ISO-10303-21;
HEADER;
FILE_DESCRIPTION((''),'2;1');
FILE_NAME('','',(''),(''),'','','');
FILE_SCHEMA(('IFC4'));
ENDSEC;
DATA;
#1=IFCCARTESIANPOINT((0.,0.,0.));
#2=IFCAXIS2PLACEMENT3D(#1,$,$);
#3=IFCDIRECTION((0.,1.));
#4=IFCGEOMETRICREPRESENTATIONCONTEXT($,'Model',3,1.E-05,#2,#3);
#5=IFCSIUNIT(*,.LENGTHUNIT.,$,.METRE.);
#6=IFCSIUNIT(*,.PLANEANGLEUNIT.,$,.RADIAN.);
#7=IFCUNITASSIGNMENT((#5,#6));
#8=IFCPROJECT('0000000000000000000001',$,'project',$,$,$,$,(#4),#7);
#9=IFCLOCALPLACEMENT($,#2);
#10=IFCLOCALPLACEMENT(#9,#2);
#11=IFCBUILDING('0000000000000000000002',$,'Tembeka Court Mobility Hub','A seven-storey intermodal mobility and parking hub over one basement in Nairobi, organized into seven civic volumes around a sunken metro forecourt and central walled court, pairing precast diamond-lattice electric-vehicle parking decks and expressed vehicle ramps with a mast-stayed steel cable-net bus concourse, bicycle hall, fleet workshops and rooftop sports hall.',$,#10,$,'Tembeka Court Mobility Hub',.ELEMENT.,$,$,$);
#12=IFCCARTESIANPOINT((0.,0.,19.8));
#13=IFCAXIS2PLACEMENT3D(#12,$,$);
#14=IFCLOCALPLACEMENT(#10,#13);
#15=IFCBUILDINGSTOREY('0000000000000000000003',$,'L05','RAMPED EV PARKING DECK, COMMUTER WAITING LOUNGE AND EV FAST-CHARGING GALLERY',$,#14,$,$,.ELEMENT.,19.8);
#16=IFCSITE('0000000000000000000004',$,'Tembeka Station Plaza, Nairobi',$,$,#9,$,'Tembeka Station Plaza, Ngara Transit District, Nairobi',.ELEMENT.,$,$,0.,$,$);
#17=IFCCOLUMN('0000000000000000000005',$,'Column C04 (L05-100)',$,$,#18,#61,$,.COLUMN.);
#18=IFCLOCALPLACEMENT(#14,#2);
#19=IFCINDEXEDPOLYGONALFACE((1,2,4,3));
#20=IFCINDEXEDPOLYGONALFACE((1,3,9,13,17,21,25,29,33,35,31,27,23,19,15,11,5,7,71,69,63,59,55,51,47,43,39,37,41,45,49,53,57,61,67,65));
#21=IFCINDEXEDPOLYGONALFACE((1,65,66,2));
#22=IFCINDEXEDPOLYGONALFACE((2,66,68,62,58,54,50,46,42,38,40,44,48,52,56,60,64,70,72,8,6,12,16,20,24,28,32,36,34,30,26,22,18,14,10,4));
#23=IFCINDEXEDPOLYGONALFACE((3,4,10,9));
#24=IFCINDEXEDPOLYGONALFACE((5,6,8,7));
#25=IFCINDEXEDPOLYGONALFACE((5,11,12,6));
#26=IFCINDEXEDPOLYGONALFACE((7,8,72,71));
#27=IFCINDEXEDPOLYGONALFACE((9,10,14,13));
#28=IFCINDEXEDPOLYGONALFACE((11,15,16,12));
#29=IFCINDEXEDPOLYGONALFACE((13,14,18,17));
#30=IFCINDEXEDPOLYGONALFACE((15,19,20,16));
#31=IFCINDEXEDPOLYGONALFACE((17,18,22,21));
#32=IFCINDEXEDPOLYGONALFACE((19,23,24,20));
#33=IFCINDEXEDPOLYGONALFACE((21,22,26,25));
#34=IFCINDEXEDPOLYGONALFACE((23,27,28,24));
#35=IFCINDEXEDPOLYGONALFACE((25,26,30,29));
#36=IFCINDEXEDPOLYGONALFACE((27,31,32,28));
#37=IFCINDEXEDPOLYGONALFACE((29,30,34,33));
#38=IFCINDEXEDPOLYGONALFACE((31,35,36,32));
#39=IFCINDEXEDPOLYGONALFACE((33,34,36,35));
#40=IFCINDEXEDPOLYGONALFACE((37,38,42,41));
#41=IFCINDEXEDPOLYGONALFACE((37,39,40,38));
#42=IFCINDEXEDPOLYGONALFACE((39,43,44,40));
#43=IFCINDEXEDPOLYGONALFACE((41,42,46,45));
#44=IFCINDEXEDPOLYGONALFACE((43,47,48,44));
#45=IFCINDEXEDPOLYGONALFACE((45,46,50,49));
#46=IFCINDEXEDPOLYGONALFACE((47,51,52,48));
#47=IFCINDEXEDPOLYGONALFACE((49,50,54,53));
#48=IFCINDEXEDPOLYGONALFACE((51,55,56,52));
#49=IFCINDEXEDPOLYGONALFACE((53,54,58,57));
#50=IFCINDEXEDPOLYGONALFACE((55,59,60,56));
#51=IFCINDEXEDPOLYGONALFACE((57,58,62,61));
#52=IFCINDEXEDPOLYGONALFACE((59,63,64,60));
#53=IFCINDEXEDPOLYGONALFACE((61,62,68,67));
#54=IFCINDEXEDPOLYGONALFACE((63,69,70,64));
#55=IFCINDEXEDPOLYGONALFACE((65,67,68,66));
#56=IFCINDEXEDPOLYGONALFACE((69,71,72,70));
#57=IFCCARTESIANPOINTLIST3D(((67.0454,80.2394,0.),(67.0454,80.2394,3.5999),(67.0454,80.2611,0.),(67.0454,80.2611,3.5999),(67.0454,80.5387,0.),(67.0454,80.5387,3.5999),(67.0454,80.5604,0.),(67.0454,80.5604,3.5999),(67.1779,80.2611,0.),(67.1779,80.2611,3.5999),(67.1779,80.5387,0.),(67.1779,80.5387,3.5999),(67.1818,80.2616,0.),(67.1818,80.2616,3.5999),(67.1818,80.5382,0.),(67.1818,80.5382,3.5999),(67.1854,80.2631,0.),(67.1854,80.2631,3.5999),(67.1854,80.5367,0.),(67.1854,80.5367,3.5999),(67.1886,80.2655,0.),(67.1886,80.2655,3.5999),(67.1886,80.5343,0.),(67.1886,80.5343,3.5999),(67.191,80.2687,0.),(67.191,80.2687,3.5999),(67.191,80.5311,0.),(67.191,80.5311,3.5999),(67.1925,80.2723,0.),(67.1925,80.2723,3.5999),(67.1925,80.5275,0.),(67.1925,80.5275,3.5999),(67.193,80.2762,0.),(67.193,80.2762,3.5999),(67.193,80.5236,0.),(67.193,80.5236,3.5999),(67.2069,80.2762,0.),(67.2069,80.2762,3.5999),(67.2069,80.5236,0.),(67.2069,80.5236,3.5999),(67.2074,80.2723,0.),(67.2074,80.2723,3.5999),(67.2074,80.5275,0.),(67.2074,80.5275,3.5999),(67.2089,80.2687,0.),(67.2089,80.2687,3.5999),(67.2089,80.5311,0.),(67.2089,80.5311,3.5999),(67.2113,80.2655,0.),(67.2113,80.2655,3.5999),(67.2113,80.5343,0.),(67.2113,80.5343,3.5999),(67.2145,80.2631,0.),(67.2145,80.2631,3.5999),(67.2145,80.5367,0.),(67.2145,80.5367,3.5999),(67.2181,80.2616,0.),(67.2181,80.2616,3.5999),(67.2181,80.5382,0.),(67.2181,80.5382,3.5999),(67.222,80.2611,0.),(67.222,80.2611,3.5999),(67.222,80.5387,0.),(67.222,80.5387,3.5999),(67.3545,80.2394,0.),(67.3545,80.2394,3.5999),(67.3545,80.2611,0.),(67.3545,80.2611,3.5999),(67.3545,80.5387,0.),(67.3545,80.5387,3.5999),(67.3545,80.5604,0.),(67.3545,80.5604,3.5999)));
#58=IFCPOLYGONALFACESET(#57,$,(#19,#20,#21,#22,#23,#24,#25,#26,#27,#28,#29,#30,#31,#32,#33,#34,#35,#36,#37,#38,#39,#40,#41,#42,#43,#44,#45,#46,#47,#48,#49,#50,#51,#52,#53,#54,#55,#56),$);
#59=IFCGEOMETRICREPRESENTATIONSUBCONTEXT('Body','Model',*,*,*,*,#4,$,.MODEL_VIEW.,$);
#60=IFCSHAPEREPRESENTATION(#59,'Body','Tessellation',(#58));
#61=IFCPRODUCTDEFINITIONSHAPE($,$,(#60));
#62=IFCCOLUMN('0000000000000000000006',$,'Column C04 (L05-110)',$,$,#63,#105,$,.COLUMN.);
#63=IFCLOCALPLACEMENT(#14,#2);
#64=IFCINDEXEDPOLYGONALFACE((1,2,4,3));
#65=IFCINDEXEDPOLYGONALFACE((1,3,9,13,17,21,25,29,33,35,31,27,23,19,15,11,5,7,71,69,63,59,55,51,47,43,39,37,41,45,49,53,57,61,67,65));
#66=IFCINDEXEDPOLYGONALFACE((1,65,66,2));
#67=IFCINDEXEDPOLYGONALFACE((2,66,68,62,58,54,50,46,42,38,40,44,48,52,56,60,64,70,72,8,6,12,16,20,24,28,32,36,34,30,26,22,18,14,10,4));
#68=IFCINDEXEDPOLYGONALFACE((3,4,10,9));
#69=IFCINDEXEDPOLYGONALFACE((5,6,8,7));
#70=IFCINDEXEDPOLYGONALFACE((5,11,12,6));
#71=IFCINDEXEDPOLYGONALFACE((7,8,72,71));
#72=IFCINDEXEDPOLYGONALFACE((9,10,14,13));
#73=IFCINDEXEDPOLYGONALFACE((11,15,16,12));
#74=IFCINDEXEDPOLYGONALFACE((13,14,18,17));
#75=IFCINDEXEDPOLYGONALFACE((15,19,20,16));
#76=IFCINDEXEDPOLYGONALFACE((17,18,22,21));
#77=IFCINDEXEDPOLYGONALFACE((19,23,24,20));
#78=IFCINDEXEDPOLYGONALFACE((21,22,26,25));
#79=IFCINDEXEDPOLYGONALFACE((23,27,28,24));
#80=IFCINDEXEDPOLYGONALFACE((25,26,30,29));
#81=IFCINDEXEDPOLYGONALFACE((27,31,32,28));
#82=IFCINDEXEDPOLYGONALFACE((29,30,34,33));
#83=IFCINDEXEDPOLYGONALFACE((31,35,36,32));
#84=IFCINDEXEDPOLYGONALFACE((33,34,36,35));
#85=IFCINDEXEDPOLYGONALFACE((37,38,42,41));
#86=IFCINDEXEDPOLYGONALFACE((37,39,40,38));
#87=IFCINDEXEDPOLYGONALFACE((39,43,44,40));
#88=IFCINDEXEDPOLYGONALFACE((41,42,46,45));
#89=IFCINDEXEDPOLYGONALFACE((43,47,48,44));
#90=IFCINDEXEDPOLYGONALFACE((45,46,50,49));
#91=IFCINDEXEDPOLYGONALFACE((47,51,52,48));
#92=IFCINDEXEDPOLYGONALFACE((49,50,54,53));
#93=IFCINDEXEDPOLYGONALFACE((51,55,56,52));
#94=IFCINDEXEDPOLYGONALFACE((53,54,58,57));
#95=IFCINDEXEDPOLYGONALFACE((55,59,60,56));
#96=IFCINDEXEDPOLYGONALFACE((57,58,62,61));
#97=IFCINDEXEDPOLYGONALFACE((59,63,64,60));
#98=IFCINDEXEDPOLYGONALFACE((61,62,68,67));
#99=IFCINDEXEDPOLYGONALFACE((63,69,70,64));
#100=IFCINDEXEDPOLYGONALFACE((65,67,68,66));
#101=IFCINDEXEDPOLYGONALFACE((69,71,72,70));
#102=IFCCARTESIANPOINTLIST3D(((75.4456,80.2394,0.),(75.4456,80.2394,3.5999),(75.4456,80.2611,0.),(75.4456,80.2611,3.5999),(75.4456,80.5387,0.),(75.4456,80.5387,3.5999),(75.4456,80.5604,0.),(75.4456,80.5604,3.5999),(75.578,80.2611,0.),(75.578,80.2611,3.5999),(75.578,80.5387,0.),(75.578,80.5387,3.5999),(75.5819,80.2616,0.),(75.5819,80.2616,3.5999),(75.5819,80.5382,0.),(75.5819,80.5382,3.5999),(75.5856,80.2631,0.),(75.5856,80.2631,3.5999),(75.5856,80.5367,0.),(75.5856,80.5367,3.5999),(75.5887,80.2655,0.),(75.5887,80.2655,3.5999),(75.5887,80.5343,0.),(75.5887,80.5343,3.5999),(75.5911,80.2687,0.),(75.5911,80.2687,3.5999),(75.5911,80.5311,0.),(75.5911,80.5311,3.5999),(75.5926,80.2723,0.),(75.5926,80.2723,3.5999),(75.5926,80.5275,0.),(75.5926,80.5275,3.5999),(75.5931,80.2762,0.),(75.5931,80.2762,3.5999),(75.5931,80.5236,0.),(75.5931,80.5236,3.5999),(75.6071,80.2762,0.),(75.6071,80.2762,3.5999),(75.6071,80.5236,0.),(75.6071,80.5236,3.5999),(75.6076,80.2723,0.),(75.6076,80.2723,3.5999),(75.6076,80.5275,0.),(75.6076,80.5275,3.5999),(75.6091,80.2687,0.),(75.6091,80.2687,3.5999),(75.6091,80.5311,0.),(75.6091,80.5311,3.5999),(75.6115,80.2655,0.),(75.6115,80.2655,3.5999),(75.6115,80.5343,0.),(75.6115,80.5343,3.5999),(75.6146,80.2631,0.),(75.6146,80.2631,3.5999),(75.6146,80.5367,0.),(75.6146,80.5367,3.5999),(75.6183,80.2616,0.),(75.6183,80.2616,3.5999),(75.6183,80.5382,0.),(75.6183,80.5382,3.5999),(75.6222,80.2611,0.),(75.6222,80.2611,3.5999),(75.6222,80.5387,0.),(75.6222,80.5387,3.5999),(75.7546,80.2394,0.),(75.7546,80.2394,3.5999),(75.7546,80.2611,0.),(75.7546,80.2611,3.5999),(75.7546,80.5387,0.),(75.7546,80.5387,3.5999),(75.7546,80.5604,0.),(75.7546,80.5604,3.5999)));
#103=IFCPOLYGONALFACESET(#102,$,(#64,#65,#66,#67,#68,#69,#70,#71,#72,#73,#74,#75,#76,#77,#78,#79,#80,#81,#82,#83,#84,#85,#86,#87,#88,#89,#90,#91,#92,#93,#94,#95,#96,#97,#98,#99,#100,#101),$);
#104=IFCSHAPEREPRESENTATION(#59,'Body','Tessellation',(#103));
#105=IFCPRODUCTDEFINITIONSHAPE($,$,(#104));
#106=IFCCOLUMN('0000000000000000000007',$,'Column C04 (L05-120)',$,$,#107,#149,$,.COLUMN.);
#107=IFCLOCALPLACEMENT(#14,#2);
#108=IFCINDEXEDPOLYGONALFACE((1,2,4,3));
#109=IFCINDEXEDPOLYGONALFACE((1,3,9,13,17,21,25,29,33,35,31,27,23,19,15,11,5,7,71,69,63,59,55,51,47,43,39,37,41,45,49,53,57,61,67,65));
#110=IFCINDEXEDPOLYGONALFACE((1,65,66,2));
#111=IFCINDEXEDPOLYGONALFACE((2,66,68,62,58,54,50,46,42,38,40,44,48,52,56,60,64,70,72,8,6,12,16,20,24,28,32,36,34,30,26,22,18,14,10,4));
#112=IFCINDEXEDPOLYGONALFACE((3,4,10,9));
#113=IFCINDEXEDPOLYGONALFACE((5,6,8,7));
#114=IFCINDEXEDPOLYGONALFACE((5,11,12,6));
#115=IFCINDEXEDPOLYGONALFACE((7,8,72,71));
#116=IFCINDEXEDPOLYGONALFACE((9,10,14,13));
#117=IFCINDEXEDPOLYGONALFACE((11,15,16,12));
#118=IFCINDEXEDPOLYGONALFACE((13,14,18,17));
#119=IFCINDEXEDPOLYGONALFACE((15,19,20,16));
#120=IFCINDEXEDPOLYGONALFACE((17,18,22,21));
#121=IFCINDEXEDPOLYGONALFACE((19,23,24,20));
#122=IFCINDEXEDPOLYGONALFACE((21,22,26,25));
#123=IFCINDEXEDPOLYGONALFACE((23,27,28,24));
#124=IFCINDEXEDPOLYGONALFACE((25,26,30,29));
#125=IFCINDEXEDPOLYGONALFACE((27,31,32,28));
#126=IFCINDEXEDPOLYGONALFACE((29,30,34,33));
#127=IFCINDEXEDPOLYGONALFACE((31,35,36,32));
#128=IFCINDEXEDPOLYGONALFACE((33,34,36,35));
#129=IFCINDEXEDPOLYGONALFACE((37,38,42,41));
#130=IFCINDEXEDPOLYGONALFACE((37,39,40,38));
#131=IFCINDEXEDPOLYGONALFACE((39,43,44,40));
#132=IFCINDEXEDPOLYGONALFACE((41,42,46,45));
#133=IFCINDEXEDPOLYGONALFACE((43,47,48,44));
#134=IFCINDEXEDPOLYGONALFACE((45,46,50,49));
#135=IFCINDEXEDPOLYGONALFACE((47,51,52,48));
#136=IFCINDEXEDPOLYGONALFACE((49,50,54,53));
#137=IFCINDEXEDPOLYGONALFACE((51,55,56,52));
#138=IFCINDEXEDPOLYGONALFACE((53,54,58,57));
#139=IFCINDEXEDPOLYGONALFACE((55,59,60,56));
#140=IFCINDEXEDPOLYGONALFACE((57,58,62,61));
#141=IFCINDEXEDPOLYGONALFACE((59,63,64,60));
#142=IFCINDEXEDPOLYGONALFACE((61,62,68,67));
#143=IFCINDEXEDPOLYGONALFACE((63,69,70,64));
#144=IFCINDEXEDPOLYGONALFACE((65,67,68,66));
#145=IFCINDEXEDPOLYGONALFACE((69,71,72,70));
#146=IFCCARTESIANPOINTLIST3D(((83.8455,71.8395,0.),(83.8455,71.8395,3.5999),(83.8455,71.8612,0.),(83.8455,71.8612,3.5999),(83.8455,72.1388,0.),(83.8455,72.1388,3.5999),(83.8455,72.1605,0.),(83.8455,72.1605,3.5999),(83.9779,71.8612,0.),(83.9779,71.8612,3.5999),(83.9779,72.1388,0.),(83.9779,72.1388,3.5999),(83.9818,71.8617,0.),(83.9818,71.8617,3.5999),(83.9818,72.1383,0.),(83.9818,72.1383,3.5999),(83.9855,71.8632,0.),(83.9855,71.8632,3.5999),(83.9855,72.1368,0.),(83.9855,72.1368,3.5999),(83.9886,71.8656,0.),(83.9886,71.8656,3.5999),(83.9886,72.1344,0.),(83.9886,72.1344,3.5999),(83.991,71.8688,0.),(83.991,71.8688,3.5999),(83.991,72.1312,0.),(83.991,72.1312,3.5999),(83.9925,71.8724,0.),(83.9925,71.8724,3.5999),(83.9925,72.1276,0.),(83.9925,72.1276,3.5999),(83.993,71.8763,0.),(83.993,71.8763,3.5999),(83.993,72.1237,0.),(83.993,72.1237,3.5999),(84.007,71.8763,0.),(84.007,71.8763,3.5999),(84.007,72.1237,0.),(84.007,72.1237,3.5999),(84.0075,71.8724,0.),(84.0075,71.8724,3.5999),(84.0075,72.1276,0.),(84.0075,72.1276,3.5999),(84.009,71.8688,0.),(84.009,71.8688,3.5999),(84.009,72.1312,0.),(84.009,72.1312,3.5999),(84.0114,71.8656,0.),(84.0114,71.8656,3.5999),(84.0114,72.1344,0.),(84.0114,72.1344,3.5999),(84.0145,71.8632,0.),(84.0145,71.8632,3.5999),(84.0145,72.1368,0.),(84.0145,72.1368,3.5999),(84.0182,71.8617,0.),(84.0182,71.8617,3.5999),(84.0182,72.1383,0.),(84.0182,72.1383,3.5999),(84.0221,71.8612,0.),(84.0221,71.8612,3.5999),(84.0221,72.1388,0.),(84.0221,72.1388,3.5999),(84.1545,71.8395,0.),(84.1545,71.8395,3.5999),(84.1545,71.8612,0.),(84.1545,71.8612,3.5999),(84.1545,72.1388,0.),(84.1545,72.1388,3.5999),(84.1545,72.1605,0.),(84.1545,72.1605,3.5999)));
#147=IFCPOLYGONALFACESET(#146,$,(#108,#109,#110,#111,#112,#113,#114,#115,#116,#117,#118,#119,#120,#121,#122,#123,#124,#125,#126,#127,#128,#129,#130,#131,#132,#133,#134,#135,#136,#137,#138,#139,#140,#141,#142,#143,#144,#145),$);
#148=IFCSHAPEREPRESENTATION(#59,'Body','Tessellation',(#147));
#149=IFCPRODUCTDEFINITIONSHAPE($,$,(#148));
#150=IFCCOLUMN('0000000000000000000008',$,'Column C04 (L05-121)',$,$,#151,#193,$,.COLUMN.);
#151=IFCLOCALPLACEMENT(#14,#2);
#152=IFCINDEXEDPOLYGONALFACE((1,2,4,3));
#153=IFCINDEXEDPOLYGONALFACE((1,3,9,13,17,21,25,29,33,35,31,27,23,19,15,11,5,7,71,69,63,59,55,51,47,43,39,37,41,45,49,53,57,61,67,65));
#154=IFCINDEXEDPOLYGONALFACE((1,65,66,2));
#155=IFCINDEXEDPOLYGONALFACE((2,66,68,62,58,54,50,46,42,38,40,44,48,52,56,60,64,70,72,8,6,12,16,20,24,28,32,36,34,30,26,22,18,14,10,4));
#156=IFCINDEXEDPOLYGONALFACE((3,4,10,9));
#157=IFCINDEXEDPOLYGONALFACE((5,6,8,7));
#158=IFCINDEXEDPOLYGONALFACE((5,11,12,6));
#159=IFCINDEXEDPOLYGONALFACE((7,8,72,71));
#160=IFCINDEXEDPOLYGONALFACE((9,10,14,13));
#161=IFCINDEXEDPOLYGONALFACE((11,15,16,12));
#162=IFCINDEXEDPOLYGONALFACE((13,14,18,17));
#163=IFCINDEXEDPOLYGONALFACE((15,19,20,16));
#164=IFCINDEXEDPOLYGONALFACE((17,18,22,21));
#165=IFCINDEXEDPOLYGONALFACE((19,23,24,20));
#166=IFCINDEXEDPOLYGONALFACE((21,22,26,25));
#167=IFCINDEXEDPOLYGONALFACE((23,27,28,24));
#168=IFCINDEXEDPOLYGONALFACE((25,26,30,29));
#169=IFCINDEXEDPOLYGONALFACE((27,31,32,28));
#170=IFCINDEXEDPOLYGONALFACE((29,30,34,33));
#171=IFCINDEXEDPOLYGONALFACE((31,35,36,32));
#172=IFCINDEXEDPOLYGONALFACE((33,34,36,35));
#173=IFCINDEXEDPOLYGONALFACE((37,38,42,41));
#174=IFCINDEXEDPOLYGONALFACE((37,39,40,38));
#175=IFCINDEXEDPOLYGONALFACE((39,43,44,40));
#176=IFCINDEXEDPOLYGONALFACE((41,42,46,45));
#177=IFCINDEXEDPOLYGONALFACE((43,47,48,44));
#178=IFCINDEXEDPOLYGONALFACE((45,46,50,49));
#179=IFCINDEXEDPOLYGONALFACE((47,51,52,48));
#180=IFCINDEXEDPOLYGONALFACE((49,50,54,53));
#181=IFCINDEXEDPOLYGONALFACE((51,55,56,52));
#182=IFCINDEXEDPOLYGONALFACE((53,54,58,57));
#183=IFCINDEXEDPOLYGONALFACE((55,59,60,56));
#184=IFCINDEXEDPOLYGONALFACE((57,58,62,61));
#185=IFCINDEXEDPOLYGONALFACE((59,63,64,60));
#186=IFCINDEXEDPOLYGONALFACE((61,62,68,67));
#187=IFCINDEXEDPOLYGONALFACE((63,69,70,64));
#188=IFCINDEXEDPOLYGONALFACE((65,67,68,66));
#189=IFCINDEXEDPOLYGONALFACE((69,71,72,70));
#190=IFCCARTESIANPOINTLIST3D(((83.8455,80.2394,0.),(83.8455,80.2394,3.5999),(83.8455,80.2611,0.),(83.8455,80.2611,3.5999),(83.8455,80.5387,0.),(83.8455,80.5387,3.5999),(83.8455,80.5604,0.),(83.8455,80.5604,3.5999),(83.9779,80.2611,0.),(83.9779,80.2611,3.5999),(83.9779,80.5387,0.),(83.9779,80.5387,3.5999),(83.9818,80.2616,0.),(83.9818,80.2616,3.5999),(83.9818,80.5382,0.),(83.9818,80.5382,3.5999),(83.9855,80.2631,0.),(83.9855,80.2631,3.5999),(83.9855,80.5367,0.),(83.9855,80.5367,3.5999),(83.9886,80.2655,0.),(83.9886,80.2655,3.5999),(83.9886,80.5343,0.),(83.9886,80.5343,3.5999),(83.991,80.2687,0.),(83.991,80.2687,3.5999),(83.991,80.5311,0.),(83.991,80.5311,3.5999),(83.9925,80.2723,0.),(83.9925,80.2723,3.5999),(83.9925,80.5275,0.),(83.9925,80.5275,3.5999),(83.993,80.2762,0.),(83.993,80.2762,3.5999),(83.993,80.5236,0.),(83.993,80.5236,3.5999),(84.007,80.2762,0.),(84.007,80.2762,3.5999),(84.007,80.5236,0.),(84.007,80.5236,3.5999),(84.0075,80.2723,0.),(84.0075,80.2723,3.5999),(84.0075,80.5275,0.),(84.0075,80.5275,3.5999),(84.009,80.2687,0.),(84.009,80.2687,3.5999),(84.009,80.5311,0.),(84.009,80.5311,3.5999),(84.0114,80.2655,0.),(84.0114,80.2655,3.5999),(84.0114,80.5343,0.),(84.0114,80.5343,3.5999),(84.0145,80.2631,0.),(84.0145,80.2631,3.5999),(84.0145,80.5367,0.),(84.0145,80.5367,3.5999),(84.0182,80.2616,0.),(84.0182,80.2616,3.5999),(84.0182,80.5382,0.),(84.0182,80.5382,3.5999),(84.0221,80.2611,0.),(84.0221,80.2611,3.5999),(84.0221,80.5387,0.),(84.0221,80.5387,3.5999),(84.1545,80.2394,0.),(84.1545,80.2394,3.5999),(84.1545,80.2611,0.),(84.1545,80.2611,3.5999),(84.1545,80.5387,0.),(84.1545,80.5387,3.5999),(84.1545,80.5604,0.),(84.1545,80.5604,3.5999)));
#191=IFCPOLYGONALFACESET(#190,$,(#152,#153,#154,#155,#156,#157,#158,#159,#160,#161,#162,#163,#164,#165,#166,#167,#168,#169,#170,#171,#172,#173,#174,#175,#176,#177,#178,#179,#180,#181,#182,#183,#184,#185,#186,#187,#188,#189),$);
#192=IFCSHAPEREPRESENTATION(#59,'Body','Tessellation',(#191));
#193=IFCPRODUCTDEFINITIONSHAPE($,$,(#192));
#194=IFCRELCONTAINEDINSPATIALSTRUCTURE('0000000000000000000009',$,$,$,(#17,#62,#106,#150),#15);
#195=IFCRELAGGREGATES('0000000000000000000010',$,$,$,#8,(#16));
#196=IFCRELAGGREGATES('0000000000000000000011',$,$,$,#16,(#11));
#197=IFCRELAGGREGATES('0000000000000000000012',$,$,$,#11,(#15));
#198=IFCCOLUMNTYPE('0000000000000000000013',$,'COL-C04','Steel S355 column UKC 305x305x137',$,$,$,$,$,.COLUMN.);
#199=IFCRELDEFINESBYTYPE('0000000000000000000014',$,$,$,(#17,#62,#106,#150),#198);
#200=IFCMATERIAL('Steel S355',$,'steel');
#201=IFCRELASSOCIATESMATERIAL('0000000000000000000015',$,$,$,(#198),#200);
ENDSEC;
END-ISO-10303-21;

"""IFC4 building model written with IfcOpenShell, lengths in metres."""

from ifc_helpers import new_model, si_unit, direction, frame, origin, origin_2d, place, context, subcontext, project, spatial, i_section, extrude, material, material_profile, profile_set, type_object, element, save


model = new_model("IFC4")

# Units and contexts
model_context = context("Model", 3, precision=1e-05, world=origin(), true_north=direction((0.0, 1.0)))
body_context = subcontext(model_context, "Body", "Model", "MODEL_VIEW")
ifc_project = project(units=[si_unit("LENGTHUNIT", "METRE"), si_unit("PLANEANGLEUNIT", "RADIAN")], contexts=[model_context])

# Site, building, storey
site_placement = place(None, origin())
site = spatial("IfcSite", under=ifc_project, at=site_placement, Name="Tembeka Station Plaza, Nairobi", LongName="Tembeka Station Plaza, Ngara Transit District, Nairobi", CompositionType="ELEMENT", RefElevation=0.0)
building_placement = place(site_placement, origin())
building = spatial("IfcBuilding", under=site, at=building_placement, Name="Tembeka Court Mobility Hub", Description="A seven-storey intermodal mobility and parking hub over one basement in Nairobi, organized into seven civic volumes around a sunken metro forecourt and central walled court, pairing precast diamond-lattice electric-vehicle parking decks and expressed vehicle ramps with a mast-stayed steel cable-net bus concourse, bicycle hall, fleet workshops and rooftop sports hall.", LongName="Tembeka Court Mobility Hub", CompositionType="ELEMENT")
storey_placement = place(building_placement, frame((0.0, 0.0, 19.8)))
storey = spatial("IfcBuildingStorey", under=building, at=storey_placement, Name="L05", Description="RAMPED EV PARKING DECK, COMMUTER WAITING LOUNGE AND EV FAST-CHARGING GALLERY", CompositionType="ELEMENT", Elevation=19.8)

# Columns
ifc_material = material(Name="Steel S355", Category="steel")
ifc_material_profile_1 = material_profile(ifc_material, i_section(OverallWidth=0.3091, OverallDepth=0.321, WebThickness=0.0139, FlangeThickness=0.0217, FilletRadius=0.0151, at=origin_2d()), Name="UKC 305x305x137")
ifc_profile_set_1 = profile_set([ifc_material_profile_1], Name="Steel S355")
column_type = type_object("IfcColumnType", Name="COL-C04", Description="Steel S355 column UKC 305x305x137", PredefinedType="COLUMN", material=ifc_profile_set_1)
for number, where, z_axis, x_axis, name in (
    (1, (67.2, 80.3999, 0.0), (0.0, 0.0, 1.0), (1.0, 0.0, 0.0), "Column C04 (L05-100)"),
    (2, (75.6001, 80.3999, 0.0), (0.0, 0.0, 1.0), (1.0, 0.0, 0.0), "Column C04 (L05-110)"),
    (3, (84.0, 72.0, 0.0), (0.0, 0.0, 1.0), (1.0, 0.0, 0.0), "Column C04 (L05-120)"),
    (4, (84.0, 80.3999, 0.0), (0.0, 0.0, 1.0), (1.0, 0.0, 0.0), "Column C04 (L05-121)"),
):
    element("IfcColumn", number, at=place(storey_placement, frame(where, z_axis=z_axis, x_axis=x_axis)), inside=storey, type_object=column_type, Name=name, PredefinedType="COLUMN", context=body_context, shape_type="SweptSolid", body=[
        extrude(i_section(OverallWidth=0.3091, OverallDepth=0.321, WebThickness=0.0139, FlangeThickness=0.0217, FilletRadius=0.0151, at=origin_2d()), origin(), (0.0, 0.0, 1.0), 3.5999),
    ])

save(model, "model.ifc")
